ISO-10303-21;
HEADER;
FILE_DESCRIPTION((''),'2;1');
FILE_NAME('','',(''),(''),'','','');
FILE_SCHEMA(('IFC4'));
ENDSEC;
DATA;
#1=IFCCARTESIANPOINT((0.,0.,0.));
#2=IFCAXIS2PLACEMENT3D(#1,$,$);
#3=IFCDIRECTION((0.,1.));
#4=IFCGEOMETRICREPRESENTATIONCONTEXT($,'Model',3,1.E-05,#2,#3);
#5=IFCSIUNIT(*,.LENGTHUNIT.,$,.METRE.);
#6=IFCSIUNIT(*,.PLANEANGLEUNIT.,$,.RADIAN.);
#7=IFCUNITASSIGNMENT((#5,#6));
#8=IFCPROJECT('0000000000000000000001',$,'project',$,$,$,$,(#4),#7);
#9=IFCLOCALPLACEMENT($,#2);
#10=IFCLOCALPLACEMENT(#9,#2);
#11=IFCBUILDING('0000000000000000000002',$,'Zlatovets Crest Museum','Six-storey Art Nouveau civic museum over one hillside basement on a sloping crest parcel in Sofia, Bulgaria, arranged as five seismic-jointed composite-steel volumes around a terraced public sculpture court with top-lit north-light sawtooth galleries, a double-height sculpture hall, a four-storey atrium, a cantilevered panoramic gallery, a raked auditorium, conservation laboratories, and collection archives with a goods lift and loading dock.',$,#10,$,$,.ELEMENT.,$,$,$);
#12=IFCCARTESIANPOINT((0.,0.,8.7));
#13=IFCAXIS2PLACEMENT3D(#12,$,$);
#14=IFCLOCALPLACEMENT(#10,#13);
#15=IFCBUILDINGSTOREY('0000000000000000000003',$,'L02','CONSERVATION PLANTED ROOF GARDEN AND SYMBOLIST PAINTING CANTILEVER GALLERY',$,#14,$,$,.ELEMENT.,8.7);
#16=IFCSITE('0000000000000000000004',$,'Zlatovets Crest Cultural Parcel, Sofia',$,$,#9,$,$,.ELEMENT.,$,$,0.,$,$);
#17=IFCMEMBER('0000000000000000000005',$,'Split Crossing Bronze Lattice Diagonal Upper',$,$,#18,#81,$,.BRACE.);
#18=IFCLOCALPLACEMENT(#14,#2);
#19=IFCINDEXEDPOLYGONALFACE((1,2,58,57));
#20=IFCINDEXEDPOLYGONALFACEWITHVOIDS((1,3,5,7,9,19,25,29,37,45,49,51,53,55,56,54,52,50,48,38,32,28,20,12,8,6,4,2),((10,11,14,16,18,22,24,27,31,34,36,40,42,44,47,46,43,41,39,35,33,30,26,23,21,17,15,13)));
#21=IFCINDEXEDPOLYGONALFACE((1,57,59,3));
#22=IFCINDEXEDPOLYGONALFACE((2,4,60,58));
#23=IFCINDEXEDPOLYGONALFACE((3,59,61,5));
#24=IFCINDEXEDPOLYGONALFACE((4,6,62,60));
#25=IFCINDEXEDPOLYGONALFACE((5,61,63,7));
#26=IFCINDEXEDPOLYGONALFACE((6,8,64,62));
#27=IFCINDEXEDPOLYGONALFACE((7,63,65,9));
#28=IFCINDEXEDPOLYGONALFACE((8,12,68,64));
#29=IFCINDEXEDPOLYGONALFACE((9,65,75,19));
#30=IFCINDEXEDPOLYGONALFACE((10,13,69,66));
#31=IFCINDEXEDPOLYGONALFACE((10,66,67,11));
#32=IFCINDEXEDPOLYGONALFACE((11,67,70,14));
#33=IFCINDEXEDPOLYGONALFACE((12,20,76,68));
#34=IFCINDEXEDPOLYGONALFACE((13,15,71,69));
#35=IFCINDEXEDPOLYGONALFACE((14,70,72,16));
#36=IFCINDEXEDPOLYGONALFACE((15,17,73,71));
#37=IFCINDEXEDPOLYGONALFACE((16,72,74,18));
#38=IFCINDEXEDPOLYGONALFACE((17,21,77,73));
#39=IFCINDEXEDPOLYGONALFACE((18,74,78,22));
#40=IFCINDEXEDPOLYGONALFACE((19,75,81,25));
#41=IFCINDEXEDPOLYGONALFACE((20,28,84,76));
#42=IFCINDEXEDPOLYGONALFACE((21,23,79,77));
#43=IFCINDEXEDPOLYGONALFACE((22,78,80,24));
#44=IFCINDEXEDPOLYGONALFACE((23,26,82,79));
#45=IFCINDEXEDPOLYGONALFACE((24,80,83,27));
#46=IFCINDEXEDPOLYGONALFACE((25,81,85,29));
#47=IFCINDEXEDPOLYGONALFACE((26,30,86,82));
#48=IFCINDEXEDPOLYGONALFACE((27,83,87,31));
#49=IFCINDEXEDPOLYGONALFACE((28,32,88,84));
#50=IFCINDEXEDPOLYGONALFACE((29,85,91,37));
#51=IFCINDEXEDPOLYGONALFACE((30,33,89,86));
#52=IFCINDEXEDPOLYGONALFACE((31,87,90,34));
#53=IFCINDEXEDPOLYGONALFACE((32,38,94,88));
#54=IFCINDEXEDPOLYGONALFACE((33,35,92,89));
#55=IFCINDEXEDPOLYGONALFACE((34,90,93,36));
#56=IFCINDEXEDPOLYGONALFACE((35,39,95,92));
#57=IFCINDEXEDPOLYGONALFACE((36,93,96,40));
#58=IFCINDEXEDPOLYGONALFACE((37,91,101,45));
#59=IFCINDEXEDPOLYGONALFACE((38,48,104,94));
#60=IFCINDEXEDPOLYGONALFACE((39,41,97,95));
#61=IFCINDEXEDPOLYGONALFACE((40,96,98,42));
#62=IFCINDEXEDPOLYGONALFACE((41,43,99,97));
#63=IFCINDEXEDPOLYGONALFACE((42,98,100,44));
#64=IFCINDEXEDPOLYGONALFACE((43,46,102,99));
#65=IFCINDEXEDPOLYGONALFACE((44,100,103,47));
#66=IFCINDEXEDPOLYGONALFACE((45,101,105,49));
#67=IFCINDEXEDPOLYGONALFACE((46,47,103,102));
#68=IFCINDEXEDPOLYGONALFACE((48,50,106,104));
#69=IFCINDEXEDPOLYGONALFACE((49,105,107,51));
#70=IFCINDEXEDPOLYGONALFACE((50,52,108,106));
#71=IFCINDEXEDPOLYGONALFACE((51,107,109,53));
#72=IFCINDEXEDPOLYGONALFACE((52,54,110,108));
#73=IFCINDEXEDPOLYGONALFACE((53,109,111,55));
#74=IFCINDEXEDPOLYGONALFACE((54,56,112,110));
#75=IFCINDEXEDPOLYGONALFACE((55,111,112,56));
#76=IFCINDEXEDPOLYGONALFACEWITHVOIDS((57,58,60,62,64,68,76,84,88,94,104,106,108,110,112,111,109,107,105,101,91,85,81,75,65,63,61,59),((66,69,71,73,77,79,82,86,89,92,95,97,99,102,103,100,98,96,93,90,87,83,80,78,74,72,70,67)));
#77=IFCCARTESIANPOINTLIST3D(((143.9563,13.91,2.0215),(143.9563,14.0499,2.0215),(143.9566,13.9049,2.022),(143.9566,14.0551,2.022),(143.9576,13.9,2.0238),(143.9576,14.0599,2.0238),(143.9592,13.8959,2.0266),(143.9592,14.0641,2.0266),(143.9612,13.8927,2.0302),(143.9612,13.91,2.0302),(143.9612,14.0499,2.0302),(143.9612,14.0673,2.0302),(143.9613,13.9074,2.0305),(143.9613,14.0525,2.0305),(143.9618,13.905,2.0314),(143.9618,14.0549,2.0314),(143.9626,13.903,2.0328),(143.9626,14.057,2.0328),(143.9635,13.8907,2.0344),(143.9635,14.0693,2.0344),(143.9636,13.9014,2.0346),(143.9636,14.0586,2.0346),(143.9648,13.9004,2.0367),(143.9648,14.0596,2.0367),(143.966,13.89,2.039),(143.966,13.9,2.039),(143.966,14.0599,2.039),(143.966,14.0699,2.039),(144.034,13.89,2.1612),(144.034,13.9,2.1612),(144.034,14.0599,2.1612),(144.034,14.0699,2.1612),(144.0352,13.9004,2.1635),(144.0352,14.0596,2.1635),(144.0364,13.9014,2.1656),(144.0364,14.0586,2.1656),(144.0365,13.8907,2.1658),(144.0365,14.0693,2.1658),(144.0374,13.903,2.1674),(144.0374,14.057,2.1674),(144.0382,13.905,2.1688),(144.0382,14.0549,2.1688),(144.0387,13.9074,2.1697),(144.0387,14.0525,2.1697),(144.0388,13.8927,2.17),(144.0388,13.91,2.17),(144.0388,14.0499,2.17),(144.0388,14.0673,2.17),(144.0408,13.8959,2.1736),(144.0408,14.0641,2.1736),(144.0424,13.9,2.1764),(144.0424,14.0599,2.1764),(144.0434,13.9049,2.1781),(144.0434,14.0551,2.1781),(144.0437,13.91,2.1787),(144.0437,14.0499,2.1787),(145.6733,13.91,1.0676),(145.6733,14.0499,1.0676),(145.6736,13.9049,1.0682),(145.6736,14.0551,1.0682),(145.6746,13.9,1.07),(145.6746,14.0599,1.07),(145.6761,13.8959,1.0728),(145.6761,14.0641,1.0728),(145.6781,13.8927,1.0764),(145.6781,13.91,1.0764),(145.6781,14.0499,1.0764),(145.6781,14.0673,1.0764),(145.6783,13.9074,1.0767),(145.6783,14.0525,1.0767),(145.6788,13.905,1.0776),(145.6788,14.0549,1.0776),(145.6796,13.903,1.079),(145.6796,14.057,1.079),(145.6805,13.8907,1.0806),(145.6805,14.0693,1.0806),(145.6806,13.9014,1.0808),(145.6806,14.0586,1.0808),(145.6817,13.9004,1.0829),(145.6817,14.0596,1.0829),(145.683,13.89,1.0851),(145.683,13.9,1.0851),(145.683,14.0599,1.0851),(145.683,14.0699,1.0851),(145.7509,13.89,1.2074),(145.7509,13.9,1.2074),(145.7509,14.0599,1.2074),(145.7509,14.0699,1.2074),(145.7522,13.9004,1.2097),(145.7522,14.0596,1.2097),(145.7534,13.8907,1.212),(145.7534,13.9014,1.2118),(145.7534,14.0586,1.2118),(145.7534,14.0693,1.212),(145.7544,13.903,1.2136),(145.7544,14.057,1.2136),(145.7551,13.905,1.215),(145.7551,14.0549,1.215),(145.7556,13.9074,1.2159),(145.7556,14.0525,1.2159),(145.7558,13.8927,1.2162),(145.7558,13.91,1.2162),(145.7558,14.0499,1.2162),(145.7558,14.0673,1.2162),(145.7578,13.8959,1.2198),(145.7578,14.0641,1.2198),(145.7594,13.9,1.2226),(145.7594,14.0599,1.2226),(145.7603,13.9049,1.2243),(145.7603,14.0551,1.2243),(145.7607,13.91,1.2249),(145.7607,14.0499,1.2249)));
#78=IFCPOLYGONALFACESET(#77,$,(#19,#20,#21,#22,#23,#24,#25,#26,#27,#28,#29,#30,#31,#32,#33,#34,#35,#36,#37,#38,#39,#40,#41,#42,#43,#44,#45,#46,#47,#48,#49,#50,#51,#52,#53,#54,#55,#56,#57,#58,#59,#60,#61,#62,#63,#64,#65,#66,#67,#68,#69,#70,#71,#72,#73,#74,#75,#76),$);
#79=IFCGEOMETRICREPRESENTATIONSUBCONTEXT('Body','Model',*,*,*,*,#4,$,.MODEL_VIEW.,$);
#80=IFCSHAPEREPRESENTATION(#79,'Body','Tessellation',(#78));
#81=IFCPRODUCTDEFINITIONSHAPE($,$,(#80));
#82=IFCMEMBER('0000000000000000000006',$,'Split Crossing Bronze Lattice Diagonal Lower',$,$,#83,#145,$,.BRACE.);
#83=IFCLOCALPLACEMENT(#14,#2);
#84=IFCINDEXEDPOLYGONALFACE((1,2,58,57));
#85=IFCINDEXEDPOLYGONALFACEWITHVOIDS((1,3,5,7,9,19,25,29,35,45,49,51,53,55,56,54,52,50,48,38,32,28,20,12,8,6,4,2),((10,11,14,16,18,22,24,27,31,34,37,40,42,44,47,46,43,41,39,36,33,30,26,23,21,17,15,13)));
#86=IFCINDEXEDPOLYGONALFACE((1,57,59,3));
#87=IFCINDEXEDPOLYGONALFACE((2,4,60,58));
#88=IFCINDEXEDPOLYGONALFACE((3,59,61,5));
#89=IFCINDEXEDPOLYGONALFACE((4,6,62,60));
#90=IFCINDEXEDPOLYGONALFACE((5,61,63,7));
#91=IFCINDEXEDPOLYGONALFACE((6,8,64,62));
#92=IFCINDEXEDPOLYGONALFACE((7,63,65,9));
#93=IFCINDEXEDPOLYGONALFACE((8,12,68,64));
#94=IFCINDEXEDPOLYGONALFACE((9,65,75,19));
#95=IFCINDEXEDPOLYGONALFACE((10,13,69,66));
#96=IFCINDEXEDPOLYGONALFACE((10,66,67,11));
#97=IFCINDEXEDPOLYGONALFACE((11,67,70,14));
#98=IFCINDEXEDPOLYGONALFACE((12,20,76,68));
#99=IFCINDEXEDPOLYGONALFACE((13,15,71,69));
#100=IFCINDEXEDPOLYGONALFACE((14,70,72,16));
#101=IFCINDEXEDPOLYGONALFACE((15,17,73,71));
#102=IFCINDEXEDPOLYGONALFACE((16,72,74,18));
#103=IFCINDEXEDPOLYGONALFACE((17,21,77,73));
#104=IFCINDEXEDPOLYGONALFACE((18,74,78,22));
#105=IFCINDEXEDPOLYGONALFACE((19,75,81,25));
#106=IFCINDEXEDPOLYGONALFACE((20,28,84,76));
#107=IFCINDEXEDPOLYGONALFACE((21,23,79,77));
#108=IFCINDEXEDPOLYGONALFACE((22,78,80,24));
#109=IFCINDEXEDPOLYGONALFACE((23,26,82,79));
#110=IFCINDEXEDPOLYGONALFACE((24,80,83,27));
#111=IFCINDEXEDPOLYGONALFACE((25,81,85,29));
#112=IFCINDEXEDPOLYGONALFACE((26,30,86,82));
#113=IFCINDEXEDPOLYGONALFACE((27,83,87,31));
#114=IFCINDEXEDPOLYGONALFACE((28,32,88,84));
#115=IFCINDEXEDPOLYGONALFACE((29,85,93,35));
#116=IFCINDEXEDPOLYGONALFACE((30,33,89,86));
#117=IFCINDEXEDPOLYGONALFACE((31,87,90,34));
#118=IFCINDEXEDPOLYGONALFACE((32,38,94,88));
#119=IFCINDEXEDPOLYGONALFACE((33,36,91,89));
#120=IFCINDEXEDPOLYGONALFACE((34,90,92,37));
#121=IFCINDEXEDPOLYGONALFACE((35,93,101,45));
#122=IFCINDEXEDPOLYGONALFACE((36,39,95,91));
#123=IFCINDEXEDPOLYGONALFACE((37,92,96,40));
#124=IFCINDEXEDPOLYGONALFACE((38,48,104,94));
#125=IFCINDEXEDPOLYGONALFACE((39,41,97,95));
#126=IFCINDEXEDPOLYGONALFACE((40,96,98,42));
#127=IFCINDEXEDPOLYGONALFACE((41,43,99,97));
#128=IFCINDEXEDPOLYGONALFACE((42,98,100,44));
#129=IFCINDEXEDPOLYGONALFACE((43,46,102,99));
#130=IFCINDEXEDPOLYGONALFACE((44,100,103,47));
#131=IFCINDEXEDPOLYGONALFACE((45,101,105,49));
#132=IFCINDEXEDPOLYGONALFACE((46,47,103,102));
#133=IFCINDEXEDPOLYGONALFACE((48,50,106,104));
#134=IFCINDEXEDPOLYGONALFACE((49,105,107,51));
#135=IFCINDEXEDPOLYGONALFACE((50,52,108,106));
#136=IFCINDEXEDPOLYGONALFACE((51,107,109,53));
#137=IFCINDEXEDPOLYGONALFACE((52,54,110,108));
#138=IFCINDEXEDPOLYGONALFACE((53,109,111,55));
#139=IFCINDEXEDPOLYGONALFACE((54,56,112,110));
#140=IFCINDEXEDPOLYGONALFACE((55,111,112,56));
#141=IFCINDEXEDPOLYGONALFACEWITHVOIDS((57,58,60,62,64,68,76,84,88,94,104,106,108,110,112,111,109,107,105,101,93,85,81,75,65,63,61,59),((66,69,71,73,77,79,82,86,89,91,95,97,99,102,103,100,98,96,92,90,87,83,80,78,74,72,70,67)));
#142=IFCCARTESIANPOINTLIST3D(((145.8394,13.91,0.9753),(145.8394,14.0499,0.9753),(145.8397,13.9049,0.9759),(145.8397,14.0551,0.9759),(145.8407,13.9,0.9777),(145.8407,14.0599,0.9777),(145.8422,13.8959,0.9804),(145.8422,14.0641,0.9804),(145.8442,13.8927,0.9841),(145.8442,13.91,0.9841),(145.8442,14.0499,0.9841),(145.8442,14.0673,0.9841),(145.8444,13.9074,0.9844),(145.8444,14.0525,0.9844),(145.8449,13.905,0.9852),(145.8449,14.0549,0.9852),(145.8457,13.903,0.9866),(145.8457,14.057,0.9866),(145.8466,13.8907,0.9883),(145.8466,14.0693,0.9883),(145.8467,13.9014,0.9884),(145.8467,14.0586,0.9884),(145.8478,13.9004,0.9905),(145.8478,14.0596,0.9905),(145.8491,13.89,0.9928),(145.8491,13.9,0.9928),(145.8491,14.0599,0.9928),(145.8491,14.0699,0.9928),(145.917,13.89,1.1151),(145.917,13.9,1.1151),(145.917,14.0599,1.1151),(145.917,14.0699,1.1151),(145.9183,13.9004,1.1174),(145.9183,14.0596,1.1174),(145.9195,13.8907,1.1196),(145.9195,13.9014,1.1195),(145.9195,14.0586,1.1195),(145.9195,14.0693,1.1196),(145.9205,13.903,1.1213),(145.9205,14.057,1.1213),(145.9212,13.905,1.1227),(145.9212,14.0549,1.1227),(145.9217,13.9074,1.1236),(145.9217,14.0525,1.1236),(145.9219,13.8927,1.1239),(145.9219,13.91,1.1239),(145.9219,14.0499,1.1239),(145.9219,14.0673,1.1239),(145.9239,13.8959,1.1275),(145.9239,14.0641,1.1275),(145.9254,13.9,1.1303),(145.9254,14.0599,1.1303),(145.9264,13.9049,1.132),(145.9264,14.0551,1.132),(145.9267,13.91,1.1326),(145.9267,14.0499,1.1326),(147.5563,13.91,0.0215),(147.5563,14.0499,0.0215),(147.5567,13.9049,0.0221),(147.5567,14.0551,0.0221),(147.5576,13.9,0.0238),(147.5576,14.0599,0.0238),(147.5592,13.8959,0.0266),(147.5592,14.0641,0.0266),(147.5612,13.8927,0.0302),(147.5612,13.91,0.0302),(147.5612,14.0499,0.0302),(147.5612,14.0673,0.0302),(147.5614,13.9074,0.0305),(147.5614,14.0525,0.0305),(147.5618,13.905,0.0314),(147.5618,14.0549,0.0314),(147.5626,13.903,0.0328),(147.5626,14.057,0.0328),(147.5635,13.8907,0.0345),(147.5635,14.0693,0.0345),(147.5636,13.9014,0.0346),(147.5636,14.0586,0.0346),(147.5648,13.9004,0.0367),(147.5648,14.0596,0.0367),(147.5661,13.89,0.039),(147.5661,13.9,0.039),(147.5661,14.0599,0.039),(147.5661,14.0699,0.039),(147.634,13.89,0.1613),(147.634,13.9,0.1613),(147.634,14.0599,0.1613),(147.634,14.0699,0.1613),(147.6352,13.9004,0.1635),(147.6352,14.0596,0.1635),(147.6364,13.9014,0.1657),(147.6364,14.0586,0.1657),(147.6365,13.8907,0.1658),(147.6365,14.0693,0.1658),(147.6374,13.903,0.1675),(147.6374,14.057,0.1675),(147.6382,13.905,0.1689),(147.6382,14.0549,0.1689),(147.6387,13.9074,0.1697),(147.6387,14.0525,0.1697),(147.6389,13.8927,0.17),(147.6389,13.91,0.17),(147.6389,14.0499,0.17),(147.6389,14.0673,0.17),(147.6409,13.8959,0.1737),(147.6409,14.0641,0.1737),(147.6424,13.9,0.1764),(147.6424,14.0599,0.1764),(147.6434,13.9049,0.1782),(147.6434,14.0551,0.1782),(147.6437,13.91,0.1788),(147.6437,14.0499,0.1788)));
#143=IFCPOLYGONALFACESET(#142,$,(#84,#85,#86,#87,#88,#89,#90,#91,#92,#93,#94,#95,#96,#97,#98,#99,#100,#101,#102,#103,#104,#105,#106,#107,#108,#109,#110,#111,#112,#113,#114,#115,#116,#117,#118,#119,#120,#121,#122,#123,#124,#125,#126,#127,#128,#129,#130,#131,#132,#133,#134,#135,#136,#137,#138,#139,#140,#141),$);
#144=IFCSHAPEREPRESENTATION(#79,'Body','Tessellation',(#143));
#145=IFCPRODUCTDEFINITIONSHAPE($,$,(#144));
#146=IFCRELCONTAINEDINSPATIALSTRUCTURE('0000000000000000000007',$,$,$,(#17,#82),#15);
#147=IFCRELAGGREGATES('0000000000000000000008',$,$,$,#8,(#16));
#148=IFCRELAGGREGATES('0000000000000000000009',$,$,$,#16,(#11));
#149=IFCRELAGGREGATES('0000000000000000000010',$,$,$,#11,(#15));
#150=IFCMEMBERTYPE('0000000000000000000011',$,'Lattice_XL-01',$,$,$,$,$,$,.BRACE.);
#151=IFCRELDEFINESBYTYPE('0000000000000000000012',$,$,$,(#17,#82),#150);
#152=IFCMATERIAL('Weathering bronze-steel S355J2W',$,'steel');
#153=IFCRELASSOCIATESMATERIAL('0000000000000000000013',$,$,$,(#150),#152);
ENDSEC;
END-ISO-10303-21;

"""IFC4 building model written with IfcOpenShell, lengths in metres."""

from ifc_helpers import new_model, si_unit, direction, frame, origin, origin_2d, place, context, subcontext, project, spatial, hollow_rectangle, extrude, material, material_profile, profile_set, type_object, element, save


model = new_model("IFC4")

# Units and contexts
model_context = context("Model", 3, precision=1e-05, world=origin(), true_north=direction((0.0, 1.0)))
body_context = subcontext(model_context, "Body", "Model", "MODEL_VIEW")
ifc_project = project(units=[si_unit("LENGTHUNIT", "METRE"), si_unit("PLANEANGLEUNIT", "RADIAN")], contexts=[model_context])

# Site, building, storey
site_placement = place(None, origin())
site = spatial("IfcSite", under=ifc_project, at=site_placement, Name="Zlatovets Crest Cultural Parcel, Sofia", CompositionType="ELEMENT", RefElevation=0.0)
building_placement = place(site_placement, origin())
building = spatial("IfcBuilding", under=site, at=building_placement, Name="Zlatovets Crest Museum", Description="Six-storey Art Nouveau civic museum over one hillside basement on a sloping crest parcel in Sofia, Bulgaria, arranged as five seismic-jointed composite-steel volumes around a terraced public sculpture court with top-lit north-light sawtooth galleries, a double-height sculpture hall, a four-storey atrium, a cantilevered panoramic gallery, a raked auditorium, conservation laboratories, and collection archives with a goods lift and loading dock.", CompositionType="ELEMENT")
storey_placement = place(building_placement, frame((0.0, 0.0, 8.7)))
storey = spatial("IfcBuildingStorey", under=building, at=storey_placement, Name="L02", Description="CONSERVATION PLANTED ROOF GARDEN AND SYMBOLIST PAINTING CANTILEVER GALLERY", CompositionType="ELEMENT", Elevation=8.7)

# Members
ifc_material_1 = material(Name="Weathering bronze-steel S355J2W", Category="steel")
ifc_material_profile_1 = material_profile(ifc_material_1, hollow_rectangle(XDim=0.1799, YDim=0.1799, WallThickness=0.01, InnerFilletRadius=0.01, OuterFilletRadius=0.02, at=origin_2d()), Name="SHS 180x180x10.0")
ifc_profile_set_1 = profile_set([ifc_material_profile_1], Name="Weathering bronze-steel S355J2W")
member_type_1 = type_object("IfcMemberType", Name="Lattice_XL-01", PredefinedType="BRACE", material=ifc_profile_set_1)
for number, where, z_axis, x_axis, name in (
    (1, (144.0, 13.98, 2.1001), (0.874169, 0.0, -0.485622), (0.0, 1.0, 0.0), "Split Crossing Bronze Lattice Diagonal Upper"),
    (2, (145.8831, 13.98, 1.054), (0.874169, 0.0, -0.485622), (0.0, 1.0, 0.0), "Split Crossing Bronze Lattice Diagonal Lower"),
):
    element("IfcMember", number, at=place(storey_placement, frame(where, z_axis=z_axis, x_axis=x_axis)), inside=storey, type_object=member_type_1, Name=name, PredefinedType="BRACE", context=body_context, shape_type="SweptSolid", body=[
        extrude(hollow_rectangle(XDim=0.1799, YDim=0.1799, WallThickness=0.01, InnerFilletRadius=0.01, OuterFilletRadius=0.02, at=origin_2d()), origin(), (0.0, 0.0, 1.0), 1.9641),
    ])

save(model, "model.ifc")
